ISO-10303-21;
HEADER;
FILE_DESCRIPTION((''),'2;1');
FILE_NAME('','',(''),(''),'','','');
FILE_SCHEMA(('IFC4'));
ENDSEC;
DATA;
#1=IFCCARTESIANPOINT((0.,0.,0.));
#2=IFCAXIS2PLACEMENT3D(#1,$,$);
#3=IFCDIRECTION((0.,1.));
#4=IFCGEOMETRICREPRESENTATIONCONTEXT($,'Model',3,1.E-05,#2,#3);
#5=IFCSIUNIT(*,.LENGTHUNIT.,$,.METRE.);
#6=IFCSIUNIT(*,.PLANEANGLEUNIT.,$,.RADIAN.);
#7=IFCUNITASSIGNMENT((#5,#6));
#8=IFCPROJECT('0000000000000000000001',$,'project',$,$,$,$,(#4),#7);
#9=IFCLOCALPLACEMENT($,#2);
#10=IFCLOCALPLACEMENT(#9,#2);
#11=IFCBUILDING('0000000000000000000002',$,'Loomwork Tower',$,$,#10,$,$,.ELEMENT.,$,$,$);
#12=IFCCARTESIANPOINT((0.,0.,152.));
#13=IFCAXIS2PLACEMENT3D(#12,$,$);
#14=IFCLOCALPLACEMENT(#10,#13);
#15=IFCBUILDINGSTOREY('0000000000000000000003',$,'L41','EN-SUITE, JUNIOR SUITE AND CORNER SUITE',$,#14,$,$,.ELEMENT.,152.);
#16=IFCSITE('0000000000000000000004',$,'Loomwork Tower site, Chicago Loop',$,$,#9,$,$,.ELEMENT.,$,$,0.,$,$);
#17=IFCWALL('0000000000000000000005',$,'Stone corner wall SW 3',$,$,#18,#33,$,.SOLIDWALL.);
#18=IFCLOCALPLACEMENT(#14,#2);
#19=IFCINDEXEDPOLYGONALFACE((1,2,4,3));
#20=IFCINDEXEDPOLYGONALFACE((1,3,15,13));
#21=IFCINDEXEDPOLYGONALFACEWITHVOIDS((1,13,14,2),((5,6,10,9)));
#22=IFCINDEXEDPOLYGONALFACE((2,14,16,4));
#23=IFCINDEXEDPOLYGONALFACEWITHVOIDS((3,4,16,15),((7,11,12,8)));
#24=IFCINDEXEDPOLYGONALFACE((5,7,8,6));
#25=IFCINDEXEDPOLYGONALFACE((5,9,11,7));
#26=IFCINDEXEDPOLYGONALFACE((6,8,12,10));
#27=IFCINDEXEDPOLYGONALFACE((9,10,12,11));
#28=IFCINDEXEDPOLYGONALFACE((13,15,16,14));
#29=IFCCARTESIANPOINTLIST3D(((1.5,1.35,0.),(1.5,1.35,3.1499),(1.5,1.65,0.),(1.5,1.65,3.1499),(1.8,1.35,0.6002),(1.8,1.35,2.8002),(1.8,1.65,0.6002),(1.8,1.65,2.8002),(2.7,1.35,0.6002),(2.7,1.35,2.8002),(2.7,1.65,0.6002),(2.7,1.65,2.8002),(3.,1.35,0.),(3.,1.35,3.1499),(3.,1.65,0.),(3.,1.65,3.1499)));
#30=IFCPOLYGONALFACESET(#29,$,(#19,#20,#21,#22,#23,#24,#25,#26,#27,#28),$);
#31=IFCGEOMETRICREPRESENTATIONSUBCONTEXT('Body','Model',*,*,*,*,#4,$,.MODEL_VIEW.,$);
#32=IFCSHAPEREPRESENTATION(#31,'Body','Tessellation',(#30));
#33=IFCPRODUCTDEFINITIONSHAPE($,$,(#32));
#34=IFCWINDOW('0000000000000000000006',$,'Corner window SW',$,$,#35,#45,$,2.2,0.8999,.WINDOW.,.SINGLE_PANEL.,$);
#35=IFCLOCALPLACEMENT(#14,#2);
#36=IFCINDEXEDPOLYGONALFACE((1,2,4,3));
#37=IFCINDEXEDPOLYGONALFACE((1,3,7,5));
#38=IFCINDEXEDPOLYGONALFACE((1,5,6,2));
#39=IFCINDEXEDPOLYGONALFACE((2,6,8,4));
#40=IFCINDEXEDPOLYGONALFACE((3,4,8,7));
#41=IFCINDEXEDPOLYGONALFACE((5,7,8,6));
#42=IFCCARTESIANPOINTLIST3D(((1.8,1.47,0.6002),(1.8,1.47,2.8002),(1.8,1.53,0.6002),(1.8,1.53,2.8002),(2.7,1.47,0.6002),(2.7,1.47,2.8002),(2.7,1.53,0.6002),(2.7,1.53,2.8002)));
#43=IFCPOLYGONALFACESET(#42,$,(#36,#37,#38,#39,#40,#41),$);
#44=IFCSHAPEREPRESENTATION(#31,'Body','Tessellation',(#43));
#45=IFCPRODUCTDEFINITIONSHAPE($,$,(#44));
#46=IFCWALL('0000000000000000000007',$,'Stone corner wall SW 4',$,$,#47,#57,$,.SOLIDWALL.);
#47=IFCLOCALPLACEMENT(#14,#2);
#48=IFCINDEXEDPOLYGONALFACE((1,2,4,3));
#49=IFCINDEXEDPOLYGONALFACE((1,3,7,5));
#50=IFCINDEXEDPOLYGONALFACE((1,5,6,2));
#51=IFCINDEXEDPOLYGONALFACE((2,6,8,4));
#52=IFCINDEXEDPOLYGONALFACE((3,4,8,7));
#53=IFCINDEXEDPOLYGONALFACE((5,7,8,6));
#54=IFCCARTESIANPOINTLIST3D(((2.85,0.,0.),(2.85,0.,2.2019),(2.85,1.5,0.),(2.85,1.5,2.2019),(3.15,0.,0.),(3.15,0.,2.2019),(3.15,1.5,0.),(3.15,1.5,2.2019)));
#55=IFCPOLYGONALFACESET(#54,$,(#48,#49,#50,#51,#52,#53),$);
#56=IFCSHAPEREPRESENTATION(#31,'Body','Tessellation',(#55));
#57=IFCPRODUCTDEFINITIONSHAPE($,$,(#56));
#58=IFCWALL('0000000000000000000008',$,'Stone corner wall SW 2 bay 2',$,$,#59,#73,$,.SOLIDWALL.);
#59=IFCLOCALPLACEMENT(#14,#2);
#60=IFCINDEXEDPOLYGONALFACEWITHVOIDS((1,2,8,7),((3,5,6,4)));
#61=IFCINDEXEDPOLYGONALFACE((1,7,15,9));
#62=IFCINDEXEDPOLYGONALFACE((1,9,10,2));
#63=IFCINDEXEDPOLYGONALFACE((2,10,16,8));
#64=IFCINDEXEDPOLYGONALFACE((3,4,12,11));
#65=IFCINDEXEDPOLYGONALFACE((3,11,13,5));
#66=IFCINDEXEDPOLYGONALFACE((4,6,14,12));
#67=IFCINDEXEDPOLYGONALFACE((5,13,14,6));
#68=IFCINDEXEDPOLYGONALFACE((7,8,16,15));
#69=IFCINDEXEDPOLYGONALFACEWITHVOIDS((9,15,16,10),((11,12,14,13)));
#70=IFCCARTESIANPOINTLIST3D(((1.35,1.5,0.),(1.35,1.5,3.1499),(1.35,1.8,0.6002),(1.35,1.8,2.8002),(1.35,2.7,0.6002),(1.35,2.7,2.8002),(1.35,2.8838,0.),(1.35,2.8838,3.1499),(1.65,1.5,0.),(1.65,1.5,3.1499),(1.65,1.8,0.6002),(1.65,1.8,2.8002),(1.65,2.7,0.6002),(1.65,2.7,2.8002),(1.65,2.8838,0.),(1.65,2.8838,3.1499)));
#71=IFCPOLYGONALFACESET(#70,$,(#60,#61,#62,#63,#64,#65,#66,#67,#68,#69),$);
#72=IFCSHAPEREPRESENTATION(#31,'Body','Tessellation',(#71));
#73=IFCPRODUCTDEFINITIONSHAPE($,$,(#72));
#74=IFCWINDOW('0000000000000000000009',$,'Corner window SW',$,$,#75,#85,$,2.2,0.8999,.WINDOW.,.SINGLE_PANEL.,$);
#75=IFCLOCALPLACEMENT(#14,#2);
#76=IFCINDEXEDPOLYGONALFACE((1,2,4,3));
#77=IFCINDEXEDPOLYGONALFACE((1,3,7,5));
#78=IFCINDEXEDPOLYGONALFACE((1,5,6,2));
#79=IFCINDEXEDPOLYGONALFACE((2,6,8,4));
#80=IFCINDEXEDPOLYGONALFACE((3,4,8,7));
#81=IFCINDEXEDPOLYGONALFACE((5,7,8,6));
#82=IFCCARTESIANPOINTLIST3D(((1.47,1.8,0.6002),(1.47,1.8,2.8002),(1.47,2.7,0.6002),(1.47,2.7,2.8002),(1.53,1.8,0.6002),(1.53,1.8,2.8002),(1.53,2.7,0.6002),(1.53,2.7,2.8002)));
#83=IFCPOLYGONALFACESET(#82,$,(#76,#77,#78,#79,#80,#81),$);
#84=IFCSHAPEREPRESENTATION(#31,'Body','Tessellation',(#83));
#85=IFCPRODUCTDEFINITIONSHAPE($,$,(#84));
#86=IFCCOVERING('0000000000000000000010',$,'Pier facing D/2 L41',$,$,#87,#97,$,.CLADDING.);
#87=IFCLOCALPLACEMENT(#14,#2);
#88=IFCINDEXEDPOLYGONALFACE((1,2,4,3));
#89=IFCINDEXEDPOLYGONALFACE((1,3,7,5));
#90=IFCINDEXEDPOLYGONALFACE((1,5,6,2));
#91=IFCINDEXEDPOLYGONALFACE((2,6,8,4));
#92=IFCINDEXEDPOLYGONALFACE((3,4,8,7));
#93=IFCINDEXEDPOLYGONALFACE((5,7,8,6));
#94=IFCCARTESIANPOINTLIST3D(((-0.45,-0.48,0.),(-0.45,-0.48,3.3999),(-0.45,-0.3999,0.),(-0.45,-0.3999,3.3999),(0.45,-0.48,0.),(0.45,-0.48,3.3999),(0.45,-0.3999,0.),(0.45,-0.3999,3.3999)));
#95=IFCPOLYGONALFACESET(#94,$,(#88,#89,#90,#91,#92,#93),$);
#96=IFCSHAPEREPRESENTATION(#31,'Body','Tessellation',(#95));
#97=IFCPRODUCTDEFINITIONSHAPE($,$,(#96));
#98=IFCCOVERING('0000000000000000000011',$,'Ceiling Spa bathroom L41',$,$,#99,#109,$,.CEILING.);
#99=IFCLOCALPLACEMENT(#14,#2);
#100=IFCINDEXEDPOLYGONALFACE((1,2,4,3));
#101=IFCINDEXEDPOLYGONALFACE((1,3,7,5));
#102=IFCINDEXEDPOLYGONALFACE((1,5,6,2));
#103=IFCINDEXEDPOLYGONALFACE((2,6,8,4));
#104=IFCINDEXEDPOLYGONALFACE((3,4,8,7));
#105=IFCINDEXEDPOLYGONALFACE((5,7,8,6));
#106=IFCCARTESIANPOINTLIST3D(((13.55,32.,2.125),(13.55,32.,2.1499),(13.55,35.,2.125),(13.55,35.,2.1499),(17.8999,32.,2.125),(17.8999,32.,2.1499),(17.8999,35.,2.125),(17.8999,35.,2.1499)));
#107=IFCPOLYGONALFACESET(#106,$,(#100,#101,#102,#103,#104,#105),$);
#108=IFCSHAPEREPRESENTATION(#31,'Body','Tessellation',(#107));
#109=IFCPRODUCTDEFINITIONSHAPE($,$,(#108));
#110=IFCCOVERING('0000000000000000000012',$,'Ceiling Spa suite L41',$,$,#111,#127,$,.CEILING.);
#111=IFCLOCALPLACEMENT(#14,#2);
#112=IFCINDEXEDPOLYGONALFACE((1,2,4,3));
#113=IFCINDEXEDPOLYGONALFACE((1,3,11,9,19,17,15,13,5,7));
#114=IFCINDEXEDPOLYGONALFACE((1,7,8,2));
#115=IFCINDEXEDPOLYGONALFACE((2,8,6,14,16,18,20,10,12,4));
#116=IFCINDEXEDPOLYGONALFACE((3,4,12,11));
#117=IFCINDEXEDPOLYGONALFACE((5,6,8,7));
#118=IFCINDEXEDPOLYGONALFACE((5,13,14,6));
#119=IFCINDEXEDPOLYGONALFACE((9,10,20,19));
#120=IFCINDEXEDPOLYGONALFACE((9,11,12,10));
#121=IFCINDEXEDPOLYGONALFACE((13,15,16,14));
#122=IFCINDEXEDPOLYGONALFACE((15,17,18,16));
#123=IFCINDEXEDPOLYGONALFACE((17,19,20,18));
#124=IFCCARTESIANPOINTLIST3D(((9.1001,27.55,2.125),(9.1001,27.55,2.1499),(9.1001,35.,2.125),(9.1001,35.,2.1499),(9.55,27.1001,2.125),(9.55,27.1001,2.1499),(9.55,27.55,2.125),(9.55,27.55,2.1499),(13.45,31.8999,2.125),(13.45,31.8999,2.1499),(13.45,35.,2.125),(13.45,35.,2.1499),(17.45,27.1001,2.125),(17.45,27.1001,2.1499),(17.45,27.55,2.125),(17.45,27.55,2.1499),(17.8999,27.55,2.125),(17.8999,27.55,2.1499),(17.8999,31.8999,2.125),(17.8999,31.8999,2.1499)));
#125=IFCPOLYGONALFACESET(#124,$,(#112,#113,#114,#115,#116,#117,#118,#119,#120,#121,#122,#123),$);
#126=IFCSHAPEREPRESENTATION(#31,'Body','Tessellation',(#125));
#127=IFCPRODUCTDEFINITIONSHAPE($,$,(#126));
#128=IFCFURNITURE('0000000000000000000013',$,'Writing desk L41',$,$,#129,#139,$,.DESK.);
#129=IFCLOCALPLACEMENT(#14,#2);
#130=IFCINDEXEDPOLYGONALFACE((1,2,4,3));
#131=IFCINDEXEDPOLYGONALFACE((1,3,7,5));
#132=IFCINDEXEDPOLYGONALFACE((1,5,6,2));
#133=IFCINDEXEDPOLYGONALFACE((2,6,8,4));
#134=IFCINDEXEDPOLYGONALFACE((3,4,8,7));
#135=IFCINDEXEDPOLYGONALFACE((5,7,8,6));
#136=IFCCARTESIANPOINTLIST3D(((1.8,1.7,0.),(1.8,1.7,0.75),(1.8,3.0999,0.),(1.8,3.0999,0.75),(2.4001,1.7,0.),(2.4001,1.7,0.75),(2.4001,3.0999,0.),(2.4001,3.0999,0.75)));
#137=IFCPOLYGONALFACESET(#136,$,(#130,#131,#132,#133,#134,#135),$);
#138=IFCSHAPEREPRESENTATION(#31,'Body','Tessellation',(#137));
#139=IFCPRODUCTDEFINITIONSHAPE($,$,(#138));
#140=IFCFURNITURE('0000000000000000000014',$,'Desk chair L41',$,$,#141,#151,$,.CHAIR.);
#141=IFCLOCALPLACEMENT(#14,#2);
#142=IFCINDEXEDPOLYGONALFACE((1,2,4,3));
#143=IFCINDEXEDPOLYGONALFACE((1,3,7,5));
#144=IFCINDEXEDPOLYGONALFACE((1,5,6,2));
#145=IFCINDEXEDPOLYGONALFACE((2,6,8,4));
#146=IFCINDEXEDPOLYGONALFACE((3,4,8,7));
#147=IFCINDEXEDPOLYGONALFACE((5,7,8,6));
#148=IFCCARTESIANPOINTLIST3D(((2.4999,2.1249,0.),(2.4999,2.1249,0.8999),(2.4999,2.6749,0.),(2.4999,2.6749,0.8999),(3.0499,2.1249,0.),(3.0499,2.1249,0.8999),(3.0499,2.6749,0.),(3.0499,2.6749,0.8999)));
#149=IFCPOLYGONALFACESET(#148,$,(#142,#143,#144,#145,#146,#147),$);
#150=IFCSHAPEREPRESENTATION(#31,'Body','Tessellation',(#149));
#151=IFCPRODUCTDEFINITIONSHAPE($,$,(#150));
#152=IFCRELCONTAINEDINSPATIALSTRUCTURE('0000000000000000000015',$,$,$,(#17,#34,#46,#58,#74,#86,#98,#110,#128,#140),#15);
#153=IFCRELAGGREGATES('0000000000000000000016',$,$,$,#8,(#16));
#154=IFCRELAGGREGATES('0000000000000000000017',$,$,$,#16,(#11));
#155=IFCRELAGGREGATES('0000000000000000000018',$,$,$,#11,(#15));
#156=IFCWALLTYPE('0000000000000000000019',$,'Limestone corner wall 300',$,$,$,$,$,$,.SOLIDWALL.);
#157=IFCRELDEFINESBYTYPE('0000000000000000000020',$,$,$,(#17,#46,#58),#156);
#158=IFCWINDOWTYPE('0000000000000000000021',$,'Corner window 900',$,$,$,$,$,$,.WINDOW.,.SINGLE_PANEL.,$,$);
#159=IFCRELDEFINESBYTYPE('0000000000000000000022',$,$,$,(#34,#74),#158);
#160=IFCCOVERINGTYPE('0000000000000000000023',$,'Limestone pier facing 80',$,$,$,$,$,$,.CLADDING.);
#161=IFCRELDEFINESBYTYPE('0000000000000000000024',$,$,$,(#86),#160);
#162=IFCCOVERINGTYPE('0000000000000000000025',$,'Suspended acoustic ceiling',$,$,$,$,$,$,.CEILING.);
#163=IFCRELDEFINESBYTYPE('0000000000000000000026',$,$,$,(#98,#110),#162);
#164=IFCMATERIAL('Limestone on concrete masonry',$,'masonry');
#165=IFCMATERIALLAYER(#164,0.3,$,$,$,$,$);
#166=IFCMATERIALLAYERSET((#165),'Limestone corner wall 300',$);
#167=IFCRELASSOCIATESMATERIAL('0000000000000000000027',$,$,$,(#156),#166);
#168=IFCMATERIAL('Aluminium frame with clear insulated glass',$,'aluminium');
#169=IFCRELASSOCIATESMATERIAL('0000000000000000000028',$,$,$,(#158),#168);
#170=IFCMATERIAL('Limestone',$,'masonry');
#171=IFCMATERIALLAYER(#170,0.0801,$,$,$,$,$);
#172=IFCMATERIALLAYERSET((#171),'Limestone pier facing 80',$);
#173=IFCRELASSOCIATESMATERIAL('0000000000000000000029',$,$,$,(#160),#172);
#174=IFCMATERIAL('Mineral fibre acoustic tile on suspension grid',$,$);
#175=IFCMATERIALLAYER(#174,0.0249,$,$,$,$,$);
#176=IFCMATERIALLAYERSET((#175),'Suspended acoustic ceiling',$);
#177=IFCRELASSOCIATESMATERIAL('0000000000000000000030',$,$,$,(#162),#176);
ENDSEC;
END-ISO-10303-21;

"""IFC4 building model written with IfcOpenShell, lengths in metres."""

from ifc_helpers import new_model, si_unit, direction, frame, frame_2d, origin, origin_2d, place, context, subcontext, project, spatial, polyline, rectangle, outline, extrude, material, layer, layer_set, type_object, element, fill, save


model = new_model("IFC4")

# Units and contexts
model_context = context("Model", 3, precision=1e-05, world=origin(), true_north=direction((0.0, 1.0)))
body_context = subcontext(model_context, "Body", "Model", "MODEL_VIEW")
ifc_project = project(units=[si_unit("LENGTHUNIT", "METRE"), si_unit("PLANEANGLEUNIT", "RADIAN")], contexts=[model_context])

# Site, building, storey
site_placement = place(None, origin())
site = spatial("IfcSite", under=ifc_project, at=site_placement, Name="Loomwork Tower site, Chicago Loop", CompositionType="ELEMENT", RefElevation=0.0)
building_placement = place(site_placement, origin())
building = spatial("IfcBuilding", under=site, at=building_placement, Name="Loomwork Tower", CompositionType="ELEMENT")
storey_placement = place(building_placement, frame((0.0, 0.0, 152.0)))
storey = spatial("IfcBuildingStorey", under=building, at=storey_placement, Name="L41", Description="EN-SUITE, JUNIOR SUITE AND CORNER SUITE", CompositionType="ELEMENT", Elevation=152.0)

# Shared definitions
ifc_material_1 = material(Name="Limestone on concrete masonry", Category="masonry")
ifc_layer_1 = layer(ifc_material_1, 0.3)
ifc_layer_set_1 = layer_set([ifc_layer_1], Name="Limestone corner wall 300")
wall_type_1 = type_object("IfcWallType", Name="Limestone corner wall 300", PredefinedType="SOLIDWALL", material=ifc_layer_set_1)

# Wall, opening, window
wall_1_placement = place(storey_placement, frame((1.5, 1.5, 0.0), z_axis=(0.0, 0.0, 1.0), x_axis=(1.0, 0.0, 0.0)))
wall_1 = element("IfcWall", 1, at=wall_1_placement, inside=storey, type_object=wall_type_1, Name="Stone corner wall SW 3", PredefinedType="SOLIDWALL", context=body_context, shape_type="SweptSolid", body=[
    extrude(rectangle(XDim=1.5, YDim=0.3, at=frame_2d((0.75, 0.0))), origin(), (0.0, 0.0, 1.0), 3.1499),
])
opening_1_placement = place(wall_1_placement, frame((0.3, 0.0, 0.6001)))
opening_1 = element("IfcOpeningElement", 2, at=opening_1_placement, cuts=wall_1, PredefinedType="OPENING", context=body_context, shape_type="SweptSolid", body=[
    extrude(rectangle(XDim=0.8999, YDim=2.2, at=frame_2d((0.45, 1.1001))), frame((0.0, 0.1599, 0.0), z_axis=(0.0, -1.0, 0.0), x_axis=(1.0, 0.0, 0.0)), (0.0, 0.0, 1.0), 0.3201),
])
ifc_material_2 = material(Name="Aluminium frame with clear insulated glass", Category="aluminium")
window_type_1 = type_object("IfcWindowType", Name="Corner window 900", PartitioningType="SINGLE_PANEL", PredefinedType="WINDOW", material=ifc_material_2)
window_1_placement = place(opening_1_placement, origin())
window_1 = element("IfcWindow", 3, at=window_1_placement, inside=storey, type_object=window_type_1, Name="Corner window SW", OverallHeight=2.2, OverallWidth=0.8999, PartitioningType="SINGLE_PANEL", PredefinedType="WINDOW", context=body_context, shape_type="SweptSolid", body=[
    extrude(rectangle(XDim=0.8999, YDim=2.2, at=frame_2d((0.45, 1.1001))), frame((0.0, 0.03, 0.0), z_axis=(0.0, -1.0, 0.0), x_axis=(1.0, 0.0, 0.0)), (0.0, 0.0, 1.0), 0.0601),
])
fill(opening_1, window_1)

# Wall
wall_2_placement = place(storey_placement, frame((3.0, 1.5, 0.0), z_axis=(0.0, 0.0, 1.0), x_axis=(0.0, -1.0, 0.0)))
element("IfcWall", 4, at=wall_2_placement, inside=storey, type_object=wall_type_1, Name="Stone corner wall SW 4", PredefinedType="SOLIDWALL", context=body_context, shape_type="SweptSolid", body=[
    extrude(rectangle(XDim=1.5, YDim=0.3, at=frame_2d((0.75, 0.0))), origin(), (0.0, 0.0, 1.0), 2.2019),
])

# Wall, opening, window
wall_3_placement = place(storey_placement, frame((1.5, 2.8838, 0.0), z_axis=(0.0, 0.0, 1.0), x_axis=(0.0, -1.0, 0.0)))
wall_3 = element("IfcWall", 5, at=wall_3_placement, inside=storey, type_object=wall_type_1, Name="Stone corner wall SW 2 bay 2", PredefinedType="SOLIDWALL", context=body_context, shape_type="SweptSolid", body=[
    extrude(rectangle(XDim=1.3838, YDim=0.3, at=frame_2d((0.6919, 0.0))), origin(), (0.0, 0.0, 1.0), 3.1499),
])
opening_2_placement = place(wall_3_placement, frame((0.1838, 0.0, 0.6001)))
opening_2 = element("IfcOpeningElement", 6, at=opening_2_placement, cuts=wall_3, PredefinedType="OPENING", context=body_context, shape_type="SweptSolid", body=[
    extrude(rectangle(XDim=0.8999, YDim=2.2, at=frame_2d((0.45, 1.1001))), frame((0.0, 0.1599, 0.0), z_axis=(0.0, -1.0, 0.0), x_axis=(1.0, 0.0, 0.0)), (0.0, 0.0, 1.0), 0.3201),
])
window_2_placement = place(opening_2_placement, origin())
window_2 = element("IfcWindow", 7, at=window_2_placement, inside=storey, type_object=window_type_1, Name="Corner window SW", OverallHeight=2.2, OverallWidth=0.8999, PartitioningType="SINGLE_PANEL", PredefinedType="WINDOW", context=body_context, shape_type="SweptSolid", body=[
    extrude(rectangle(XDim=0.8999, YDim=2.2, at=frame_2d((0.45, 1.1001))), frame((0.0, 0.03, 0.0), z_axis=(0.0, -1.0, 0.0), x_axis=(1.0, 0.0, 0.0)), (0.0, 0.0, 1.0), 0.0601),
])
fill(opening_2, window_2)

# Coverings
ifc_material_3 = material(Name="Limestone", Category="masonry")
ifc_layer_2 = layer(ifc_material_3, 0.0801)
ifc_layer_set_2 = layer_set([ifc_layer_2], Name="Limestone pier facing 80")
covering_type_1 = type_object("IfcCoveringType", Name="Limestone pier facing 80", PredefinedType="CLADDING", material=ifc_layer_set_2)
covering_1_placement = place(storey_placement, frame((0.0, -0.4399, 0.0), z_axis=(0.0, 0.0, 1.0), x_axis=(1.0, 0.0, 0.0)))
element("IfcCovering", 8, at=covering_1_placement, inside=storey, type_object=covering_type_1, Name="Pier facing D/2 L41", PredefinedType="CLADDING", context=body_context, shape_type="SweptSolid", body=[
    extrude(rectangle(XDim=0.8999, YDim=0.0801, at=origin_2d()), origin(), (0.0, 0.0, 1.0), 3.3999),
])
ifc_material_4 = material(Name="Mineral fibre acoustic tile on suspension grid")
ifc_layer_3 = layer(ifc_material_4, 0.0249)
ifc_layer_set_3 = layer_set([ifc_layer_3], Name="Suspended acoustic ceiling")
covering_type_2 = type_object("IfcCoveringType", Name="Suspended acoustic ceiling", PredefinedType="CEILING", material=ifc_layer_set_3)
covering_2_placement = place(storey_placement, frame((0.0, 0.0, 2.125)))
element("IfcCovering", 9, at=covering_2_placement, inside=storey, type_object=covering_type_2, Name="Ceiling Spa bathroom L41", PredefinedType="CEILING", context=body_context, shape_type="SweptSolid", body=[
    extrude(outline(polyline([(13.55, 35.0), (17.8999, 35.0), (17.8999, 32.0), (13.55, 32.0), (13.55, 35.0)])), origin(), (0.0, 0.0, 1.0), 0.0249),
])
covering_3_placement = place(storey_placement, frame((0.0, 0.0, 2.125)))
element("IfcCovering", 10, at=covering_3_placement, inside=storey, type_object=covering_type_2, Name="Ceiling Spa suite L41", PredefinedType="CEILING", context=body_context, shape_type="SweptSolid", body=[
    extrude(outline(polyline([(9.1001, 35.0), (13.45, 35.0), (13.45, 31.8999), (17.8999, 31.8999), (17.8999, 27.55), (17.45, 27.55), (17.45, 27.1001), (9.55, 27.1001), (9.55, 27.55), (9.1001, 27.55), (9.1001, 35.0)])), origin(), (0.0, 0.0, 1.0), 0.0249),
])

# Furniture
furniture_1_placement = place(storey_placement, frame((2.1001, 2.3999, 0.0), z_axis=(0.0, 0.0, 1.0), x_axis=(1.0, 0.0, 0.0)))
element("IfcFurniture", 11, at=furniture_1_placement, inside=storey, Name="Writing desk L41", PredefinedType="DESK", context=body_context, shape_type="SweptSolid", body=[
    extrude(rectangle(XDim=0.6001, YDim=1.3999, at=origin_2d()), origin(), (0.0, 0.0, 1.0), 0.75),
])
furniture_2_placement = place(storey_placement, frame((2.7749, 2.3999, 0.0), z_axis=(0.0, 0.0, 1.0), x_axis=(1.0, 0.0, 0.0)))
element("IfcFurniture", 12, at=furniture_2_placement, inside=storey, Name="Desk chair L41", PredefinedType="CHAIR", context=body_context, shape_type="SweptSolid", body=[
    extrude(rectangle(XDim=0.55, YDim=0.55, at=origin_2d()), origin(), (0.0, 0.0, 1.0), 0.8999),
])

save(model, "model.ifc")
